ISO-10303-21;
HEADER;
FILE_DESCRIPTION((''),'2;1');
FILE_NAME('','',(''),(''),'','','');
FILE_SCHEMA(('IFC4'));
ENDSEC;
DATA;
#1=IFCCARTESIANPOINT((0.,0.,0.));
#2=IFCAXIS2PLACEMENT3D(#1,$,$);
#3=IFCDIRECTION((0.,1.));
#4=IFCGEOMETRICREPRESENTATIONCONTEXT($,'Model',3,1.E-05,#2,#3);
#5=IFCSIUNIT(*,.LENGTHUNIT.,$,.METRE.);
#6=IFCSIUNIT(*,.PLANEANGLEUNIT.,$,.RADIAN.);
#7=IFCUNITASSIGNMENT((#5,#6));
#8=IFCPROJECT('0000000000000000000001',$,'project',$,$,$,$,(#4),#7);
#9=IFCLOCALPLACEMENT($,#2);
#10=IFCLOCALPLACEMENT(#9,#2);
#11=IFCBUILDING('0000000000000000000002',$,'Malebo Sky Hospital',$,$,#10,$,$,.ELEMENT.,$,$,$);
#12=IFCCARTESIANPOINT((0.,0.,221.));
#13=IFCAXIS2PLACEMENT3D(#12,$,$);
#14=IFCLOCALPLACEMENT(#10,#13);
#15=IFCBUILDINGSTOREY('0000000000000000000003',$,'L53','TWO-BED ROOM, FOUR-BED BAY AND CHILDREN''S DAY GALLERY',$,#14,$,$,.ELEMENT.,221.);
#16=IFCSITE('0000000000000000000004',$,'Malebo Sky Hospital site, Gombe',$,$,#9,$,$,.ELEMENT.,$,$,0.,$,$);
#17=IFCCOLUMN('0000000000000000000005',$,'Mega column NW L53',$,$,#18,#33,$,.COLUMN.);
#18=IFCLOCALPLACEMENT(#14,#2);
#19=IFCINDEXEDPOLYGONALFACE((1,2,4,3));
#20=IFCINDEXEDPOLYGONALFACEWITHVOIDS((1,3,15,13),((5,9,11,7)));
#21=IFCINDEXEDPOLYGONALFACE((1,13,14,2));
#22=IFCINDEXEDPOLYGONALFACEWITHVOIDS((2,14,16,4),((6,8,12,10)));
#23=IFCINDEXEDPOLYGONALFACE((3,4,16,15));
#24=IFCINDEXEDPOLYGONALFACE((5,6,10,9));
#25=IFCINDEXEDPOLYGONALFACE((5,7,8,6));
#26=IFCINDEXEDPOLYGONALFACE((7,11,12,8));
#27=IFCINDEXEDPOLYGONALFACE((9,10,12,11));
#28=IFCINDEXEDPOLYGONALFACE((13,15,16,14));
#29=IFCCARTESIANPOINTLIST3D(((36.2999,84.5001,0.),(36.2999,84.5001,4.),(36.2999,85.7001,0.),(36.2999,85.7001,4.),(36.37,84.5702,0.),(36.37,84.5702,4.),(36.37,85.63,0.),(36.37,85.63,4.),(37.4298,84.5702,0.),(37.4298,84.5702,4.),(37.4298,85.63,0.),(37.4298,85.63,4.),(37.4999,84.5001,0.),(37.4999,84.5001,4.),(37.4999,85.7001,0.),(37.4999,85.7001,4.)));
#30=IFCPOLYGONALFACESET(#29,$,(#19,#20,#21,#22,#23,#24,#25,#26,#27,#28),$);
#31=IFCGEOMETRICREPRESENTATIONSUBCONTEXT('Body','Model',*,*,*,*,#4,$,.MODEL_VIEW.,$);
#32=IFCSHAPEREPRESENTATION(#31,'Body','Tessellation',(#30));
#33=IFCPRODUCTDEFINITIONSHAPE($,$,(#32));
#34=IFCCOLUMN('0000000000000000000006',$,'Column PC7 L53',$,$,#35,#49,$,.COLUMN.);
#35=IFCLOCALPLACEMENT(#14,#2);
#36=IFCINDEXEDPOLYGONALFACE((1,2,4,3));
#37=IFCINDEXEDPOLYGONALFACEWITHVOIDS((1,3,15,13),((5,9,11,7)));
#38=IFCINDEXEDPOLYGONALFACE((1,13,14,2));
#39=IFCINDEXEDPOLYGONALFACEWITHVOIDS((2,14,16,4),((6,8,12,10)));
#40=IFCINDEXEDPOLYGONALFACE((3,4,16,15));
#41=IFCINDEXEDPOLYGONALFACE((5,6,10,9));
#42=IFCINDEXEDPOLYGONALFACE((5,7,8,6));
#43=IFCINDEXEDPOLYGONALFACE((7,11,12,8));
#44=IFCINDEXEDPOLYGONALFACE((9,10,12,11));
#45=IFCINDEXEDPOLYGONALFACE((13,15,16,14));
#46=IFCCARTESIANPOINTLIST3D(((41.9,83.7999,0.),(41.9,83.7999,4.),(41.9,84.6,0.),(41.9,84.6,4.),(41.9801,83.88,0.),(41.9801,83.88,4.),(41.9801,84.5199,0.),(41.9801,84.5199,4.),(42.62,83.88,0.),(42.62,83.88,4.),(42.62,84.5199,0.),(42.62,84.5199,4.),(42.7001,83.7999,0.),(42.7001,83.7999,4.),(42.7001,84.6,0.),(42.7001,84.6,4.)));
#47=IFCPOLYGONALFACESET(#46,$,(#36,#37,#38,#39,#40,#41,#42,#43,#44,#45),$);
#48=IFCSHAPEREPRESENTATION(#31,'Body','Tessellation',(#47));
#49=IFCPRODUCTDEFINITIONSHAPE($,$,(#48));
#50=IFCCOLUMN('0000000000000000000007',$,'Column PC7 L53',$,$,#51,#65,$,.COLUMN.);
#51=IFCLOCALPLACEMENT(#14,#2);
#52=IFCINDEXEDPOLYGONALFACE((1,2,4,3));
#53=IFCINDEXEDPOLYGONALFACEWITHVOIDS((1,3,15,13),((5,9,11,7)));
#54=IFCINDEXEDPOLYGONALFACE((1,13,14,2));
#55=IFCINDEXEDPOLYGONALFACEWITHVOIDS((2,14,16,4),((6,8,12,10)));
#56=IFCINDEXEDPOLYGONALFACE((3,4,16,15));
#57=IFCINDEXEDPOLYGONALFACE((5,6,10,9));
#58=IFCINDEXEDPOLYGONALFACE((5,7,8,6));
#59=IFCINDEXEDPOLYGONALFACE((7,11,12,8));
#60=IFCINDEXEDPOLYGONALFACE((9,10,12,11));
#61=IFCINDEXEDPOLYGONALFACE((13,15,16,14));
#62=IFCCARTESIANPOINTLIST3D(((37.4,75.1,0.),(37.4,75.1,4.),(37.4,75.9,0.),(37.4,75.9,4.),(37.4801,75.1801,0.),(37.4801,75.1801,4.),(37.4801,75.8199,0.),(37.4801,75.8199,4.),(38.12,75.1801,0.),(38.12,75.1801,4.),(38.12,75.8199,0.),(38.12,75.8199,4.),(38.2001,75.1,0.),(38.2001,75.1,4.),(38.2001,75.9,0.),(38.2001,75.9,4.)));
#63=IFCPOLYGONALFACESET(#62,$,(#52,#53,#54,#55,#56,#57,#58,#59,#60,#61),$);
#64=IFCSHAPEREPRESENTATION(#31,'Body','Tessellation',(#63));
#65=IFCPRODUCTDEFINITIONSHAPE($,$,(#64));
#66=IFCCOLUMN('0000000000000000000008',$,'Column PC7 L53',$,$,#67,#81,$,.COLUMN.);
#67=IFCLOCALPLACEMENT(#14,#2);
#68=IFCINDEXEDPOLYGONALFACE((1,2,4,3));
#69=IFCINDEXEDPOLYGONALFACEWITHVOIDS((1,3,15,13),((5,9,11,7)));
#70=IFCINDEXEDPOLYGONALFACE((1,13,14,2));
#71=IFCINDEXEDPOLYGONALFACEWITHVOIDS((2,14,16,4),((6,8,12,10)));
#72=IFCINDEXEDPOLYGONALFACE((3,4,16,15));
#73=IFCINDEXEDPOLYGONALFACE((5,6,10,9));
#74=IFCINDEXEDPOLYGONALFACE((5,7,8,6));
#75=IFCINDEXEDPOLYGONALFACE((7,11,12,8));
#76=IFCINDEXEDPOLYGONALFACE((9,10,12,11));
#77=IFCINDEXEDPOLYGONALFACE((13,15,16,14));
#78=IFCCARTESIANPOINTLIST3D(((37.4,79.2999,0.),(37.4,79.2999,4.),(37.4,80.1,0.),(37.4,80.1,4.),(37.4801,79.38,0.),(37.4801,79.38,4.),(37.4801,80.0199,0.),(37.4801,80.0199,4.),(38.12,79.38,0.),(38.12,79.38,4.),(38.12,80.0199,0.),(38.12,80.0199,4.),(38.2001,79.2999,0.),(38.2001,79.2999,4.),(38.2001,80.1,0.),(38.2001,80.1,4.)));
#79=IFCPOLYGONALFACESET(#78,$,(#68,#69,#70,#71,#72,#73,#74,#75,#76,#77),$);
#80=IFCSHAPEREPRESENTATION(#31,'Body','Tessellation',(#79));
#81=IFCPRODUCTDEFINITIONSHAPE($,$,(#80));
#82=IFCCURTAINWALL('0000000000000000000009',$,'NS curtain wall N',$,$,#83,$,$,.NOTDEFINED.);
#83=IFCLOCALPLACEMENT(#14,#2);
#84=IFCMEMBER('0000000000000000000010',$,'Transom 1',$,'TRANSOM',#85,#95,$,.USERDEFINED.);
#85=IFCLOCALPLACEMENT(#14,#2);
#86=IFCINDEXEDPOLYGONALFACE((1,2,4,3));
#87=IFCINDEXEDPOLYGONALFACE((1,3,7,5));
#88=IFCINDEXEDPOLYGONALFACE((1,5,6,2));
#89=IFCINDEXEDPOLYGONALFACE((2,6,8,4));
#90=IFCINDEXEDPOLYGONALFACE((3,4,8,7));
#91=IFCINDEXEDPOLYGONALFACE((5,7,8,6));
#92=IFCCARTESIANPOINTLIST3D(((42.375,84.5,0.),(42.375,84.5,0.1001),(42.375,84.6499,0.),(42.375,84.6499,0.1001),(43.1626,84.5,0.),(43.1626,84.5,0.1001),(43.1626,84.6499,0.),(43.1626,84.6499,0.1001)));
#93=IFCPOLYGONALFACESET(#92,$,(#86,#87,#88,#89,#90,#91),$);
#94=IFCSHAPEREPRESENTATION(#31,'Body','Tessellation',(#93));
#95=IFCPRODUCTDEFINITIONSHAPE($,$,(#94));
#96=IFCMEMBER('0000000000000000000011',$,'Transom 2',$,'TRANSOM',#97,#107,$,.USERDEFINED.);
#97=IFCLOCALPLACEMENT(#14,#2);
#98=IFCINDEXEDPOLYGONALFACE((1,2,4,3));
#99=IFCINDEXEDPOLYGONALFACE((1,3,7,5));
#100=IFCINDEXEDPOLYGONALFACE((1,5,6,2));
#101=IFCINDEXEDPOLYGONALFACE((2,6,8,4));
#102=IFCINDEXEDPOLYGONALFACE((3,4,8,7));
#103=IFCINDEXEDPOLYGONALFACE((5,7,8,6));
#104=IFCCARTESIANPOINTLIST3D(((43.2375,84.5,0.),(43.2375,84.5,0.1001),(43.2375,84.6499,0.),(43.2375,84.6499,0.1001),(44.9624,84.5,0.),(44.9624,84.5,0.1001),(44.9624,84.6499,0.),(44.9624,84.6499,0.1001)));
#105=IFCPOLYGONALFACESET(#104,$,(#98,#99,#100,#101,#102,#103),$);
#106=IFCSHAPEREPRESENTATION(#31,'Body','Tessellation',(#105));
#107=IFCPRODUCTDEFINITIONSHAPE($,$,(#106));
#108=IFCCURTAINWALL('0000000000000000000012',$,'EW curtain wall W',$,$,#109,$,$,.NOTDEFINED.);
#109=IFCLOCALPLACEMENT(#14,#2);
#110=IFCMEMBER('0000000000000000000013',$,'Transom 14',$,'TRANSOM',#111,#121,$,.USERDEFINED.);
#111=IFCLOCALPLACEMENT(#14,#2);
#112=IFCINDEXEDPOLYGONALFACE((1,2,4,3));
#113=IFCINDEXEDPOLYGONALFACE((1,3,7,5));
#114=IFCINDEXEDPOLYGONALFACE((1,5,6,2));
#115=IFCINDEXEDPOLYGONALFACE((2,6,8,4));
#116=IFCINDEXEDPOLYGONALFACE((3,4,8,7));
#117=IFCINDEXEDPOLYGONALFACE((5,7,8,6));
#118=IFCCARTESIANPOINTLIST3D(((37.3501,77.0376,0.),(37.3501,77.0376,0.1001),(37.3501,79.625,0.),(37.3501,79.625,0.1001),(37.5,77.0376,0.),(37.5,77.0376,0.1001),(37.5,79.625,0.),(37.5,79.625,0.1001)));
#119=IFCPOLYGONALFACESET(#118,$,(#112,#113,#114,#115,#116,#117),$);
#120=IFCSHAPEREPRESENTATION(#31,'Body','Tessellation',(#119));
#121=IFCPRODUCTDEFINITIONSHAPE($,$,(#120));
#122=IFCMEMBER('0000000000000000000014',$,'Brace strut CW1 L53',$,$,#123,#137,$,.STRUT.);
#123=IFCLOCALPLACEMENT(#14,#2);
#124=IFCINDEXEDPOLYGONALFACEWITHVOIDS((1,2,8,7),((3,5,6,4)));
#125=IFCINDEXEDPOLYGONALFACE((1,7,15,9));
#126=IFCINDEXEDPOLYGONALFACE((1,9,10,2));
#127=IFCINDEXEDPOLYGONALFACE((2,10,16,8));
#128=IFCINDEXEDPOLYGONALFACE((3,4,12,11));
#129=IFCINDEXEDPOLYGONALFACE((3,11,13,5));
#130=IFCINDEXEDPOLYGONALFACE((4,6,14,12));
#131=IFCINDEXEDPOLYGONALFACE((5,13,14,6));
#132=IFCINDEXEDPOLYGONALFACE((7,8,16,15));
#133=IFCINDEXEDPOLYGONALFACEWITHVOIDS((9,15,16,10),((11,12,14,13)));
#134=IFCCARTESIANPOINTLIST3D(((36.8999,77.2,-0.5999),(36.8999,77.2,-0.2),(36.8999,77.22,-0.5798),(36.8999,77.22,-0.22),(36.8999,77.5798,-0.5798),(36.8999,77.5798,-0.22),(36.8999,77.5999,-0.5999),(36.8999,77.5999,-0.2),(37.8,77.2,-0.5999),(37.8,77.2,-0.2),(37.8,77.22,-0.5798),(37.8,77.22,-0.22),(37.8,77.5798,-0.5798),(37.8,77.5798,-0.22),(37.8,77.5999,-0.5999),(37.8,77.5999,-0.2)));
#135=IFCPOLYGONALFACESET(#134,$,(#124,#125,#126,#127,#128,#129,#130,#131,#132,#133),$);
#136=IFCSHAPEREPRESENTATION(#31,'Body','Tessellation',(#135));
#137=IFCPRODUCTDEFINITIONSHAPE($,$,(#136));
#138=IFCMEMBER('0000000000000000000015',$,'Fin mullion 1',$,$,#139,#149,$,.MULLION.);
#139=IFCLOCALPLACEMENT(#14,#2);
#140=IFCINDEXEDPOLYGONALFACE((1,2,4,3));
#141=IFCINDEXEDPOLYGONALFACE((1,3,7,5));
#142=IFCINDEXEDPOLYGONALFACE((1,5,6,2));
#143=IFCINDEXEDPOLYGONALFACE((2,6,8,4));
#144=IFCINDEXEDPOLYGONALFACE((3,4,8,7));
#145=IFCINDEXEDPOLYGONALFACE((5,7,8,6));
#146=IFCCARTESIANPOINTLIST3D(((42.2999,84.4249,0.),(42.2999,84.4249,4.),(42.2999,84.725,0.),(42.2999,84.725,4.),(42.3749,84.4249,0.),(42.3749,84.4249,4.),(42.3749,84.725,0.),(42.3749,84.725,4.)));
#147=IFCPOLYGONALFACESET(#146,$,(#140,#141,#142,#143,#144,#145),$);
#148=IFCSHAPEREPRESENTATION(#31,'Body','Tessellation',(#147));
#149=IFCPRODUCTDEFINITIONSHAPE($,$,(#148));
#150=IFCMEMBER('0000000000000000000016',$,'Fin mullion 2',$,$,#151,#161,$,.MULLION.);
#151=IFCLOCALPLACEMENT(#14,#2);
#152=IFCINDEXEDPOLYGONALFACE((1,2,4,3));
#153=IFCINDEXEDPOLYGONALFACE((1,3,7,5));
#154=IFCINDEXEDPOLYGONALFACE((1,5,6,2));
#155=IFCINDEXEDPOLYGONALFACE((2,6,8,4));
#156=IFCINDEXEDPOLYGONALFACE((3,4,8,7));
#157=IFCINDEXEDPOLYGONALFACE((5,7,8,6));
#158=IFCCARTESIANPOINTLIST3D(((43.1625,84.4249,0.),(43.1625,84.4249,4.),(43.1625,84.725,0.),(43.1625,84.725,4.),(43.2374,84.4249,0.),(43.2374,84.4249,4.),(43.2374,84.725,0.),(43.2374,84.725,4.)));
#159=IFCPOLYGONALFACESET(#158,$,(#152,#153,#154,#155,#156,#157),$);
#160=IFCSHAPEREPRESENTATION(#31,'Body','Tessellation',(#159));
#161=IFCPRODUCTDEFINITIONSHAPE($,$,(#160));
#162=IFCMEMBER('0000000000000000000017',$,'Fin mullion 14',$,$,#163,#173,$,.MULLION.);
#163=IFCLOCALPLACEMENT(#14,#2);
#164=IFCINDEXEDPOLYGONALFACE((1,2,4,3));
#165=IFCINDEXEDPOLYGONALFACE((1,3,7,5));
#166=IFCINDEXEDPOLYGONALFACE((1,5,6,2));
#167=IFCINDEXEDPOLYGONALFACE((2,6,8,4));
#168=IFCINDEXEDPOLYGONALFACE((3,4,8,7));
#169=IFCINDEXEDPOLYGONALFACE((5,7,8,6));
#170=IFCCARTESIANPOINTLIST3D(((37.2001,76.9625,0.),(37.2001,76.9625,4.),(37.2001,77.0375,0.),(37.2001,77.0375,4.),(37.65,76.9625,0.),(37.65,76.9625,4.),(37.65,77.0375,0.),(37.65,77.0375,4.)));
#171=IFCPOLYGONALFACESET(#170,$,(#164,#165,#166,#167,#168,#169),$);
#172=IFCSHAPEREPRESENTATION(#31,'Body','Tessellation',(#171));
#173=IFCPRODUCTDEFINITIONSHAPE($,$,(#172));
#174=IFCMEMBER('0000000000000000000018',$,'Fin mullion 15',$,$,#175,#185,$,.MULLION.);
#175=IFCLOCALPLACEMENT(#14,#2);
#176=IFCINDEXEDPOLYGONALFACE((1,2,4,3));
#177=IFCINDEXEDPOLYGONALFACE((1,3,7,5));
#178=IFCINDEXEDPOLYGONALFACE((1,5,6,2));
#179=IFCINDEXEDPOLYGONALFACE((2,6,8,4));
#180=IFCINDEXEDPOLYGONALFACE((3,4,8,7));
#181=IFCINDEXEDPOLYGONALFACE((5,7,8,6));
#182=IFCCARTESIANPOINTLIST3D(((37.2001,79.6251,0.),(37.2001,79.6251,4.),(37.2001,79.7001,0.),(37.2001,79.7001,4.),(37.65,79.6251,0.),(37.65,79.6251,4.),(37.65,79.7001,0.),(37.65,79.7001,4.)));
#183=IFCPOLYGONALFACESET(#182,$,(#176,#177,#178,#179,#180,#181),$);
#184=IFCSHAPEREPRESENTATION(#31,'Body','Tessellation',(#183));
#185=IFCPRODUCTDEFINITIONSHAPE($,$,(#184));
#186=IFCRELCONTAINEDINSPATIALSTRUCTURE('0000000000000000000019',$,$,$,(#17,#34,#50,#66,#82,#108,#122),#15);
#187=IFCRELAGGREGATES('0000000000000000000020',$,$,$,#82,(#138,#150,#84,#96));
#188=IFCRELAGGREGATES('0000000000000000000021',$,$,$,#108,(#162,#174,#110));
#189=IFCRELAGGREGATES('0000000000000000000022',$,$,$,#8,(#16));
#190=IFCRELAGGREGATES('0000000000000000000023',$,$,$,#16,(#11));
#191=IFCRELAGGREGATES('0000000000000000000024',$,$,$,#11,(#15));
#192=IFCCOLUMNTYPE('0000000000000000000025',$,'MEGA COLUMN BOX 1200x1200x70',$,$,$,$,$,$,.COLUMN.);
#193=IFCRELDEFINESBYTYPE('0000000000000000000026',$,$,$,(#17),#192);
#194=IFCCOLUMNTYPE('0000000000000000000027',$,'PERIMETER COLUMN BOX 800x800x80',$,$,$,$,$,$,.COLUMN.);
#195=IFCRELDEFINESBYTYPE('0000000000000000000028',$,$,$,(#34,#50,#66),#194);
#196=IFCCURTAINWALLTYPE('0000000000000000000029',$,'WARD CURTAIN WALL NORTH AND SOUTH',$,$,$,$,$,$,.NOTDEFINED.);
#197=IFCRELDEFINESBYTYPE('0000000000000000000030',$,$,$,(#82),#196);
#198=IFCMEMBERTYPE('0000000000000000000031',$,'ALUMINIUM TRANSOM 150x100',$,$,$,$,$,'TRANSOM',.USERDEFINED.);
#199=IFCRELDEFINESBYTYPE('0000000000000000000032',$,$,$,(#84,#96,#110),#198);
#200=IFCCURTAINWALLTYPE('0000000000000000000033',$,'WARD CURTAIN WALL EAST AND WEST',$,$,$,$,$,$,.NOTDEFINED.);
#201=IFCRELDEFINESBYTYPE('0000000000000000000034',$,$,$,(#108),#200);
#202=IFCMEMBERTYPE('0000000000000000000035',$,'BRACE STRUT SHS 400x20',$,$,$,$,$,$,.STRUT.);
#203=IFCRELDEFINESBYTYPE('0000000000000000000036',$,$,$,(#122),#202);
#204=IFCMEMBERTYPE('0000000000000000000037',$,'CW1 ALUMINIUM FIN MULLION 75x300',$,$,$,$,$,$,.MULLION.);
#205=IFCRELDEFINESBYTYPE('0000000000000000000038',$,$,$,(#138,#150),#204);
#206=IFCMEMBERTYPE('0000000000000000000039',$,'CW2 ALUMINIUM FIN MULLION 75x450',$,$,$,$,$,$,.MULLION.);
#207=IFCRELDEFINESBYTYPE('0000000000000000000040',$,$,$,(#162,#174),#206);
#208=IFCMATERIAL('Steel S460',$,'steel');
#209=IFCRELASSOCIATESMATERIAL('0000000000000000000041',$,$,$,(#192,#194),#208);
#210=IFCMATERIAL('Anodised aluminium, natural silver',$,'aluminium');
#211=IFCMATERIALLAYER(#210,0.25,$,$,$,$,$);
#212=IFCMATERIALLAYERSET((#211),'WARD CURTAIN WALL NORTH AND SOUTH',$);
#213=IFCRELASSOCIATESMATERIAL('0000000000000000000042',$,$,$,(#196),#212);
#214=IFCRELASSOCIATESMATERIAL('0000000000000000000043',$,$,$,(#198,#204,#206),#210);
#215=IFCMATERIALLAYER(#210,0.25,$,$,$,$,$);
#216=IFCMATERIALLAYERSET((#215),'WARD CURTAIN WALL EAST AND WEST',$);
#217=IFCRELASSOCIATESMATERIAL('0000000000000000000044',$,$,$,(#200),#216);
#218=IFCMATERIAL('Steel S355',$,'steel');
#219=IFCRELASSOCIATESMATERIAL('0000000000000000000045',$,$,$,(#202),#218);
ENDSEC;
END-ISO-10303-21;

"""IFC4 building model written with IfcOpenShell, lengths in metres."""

from ifc_helpers import new_model, si_unit, direction, frame, origin, origin_2d, place, context, subcontext, project, spatial, rectangle, hollow_rectangle, extrude, material, layer, layer_set, material_profile, profile_set, type_object, element, aggregate, save


model = new_model("IFC4")

# Units and contexts
model_context = context("Model", 3, precision=1e-05, world=origin(), true_north=direction((0.0, 1.0)))
body_context = subcontext(model_context, "Body", "Model", "MODEL_VIEW")
ifc_project = project(units=[si_unit("LENGTHUNIT", "METRE"), si_unit("PLANEANGLEUNIT", "RADIAN")], contexts=[model_context])

# Site, building, storey
site_placement = place(None, origin())
site = spatial("IfcSite", under=ifc_project, at=site_placement, Name="Malebo Sky Hospital site, Gombe", CompositionType="ELEMENT", RefElevation=0.0)
building_placement = place(site_placement, origin())
building = spatial("IfcBuilding", under=site, at=building_placement, Name="Malebo Sky Hospital", CompositionType="ELEMENT")
storey_placement = place(building_placement, frame((0.0, 0.0, 221.0)))
storey = spatial("IfcBuildingStorey", under=building, at=storey_placement, Name="L53", Description="TWO-BED ROOM, FOUR-BED BAY AND CHILDREN'S DAY GALLERY", CompositionType="ELEMENT", Elevation=221.0)

# Columns
ifc_material_1 = material(Name="Steel S460", Category="steel")
ifc_material_profile_1 = material_profile(ifc_material_1, hollow_rectangle(XDim=1.2, YDim=1.2, WallThickness=0.0701, at=origin_2d()), Name="BOX 1200x1200x70")
ifc_profile_set_1 = profile_set([ifc_material_profile_1], Name="Steel S460")
column_type_1 = type_object("IfcColumnType", Name="MEGA COLUMN BOX 1200x1200x70", PredefinedType="COLUMN", material=ifc_profile_set_1)
column_placement = place(storey_placement, frame((36.8999, 85.1001, 0.0), z_axis=(0.0, 0.0, 1.0), x_axis=(1.0, 0.0, 0.0)))
element("IfcColumn", 1, at=column_placement, inside=storey, type_object=column_type_1, Name="Mega column NW L53", PredefinedType="COLUMN", context=body_context, shape_type="SweptSolid", body=[
    extrude(hollow_rectangle(XDim=1.2, YDim=1.2, WallThickness=0.0701, at=origin_2d()), origin(), (0.0, 0.0, 1.0), 4.0),
])
ifc_material_profile_2 = material_profile(ifc_material_1, hollow_rectangle(XDim=0.8, YDim=0.8, WallThickness=0.0801, at=origin_2d()), Name="BOX 800x800x80")
ifc_profile_set_2 = profile_set([ifc_material_profile_2], Name="Steel S460")
column_type_2 = type_object("IfcColumnType", Name="PERIMETER COLUMN BOX 800x800x80", PredefinedType="COLUMN", material=ifc_profile_set_2)
for number, where, z_axis, x_axis, name in (
    (2, (42.3, 84.2, 0.0), (0.0, 0.0, 1.0), (1.0, 0.0, 0.0), "Column PC7 L53"),
    (3, (37.8, 75.5, 0.0), (0.0, 0.0, 1.0), (1.0, 0.0, 0.0), "Column PC7 L53"),
    (4, (37.8, 79.7, 0.0), (0.0, 0.0, 1.0), (1.0, 0.0, 0.0), "Column PC7 L53"),
):
    element("IfcColumn", number, at=place(storey_placement, frame(where, z_axis=z_axis, x_axis=x_axis)), inside=storey, type_object=column_type_2, Name=name, PredefinedType="COLUMN", context=body_context, shape_type="SweptSolid", body=[
        extrude(hollow_rectangle(XDim=0.8, YDim=0.8, WallThickness=0.0801, at=origin_2d()), origin(), (0.0, 0.0, 1.0), 4.0),
    ])

# Curtain wall, members
ifc_material_2 = material(Name="Anodised aluminium, natural silver", Category="aluminium")
ifc_layer_1 = layer(ifc_material_2, 0.25)
ifc_layer_set_1 = layer_set([ifc_layer_1], Name="WARD CURTAIN WALL NORTH AND SOUTH")
curtain_wall_type_1 = type_object("IfcCurtainWallType", Name="WARD CURTAIN WALL NORTH AND SOUTH", PredefinedType="NOTDEFINED", material=ifc_layer_set_1)
curtain_wall_1_placement = place(storey_placement, origin())
curtain_wall_1 = element("IfcCurtainWall", 5, at=curtain_wall_1_placement, inside=storey, type_object=curtain_wall_type_1, Name="NS curtain wall N", PredefinedType="NOTDEFINED")
ifc_material_profile_3 = material_profile(ifc_material_2, rectangle(XDim=0.1499, YDim=0.1001, at=origin_2d()), Name="ALUMINIUM TRANSOM 150x100")
ifc_profile_set_3 = profile_set([ifc_material_profile_3], Name="Anodised aluminium, natural silver")
member_type_1 = type_object("IfcMemberType", Name="ALUMINIUM TRANSOM 150x100", ElementType="TRANSOM", PredefinedType="USERDEFINED", material=ifc_profile_set_3)
member_1_placement = place(storey_placement, frame((42.375, 84.575, 0.05), z_axis=(1.0, 0.0, 0.0), x_axis=(0.0, 1.0, 0.0)))
member_1 = element("IfcMember", 6, at=member_1_placement, type_object=member_type_1, Name="Transom 1", ObjectType="TRANSOM", PredefinedType="USERDEFINED", context=body_context, shape_type="SweptSolid", body=[
    extrude(rectangle(XDim=0.1499, YDim=0.1001, at=origin_2d()), origin(), (0.0, 0.0, 1.0), 0.7876),
])
member_2_placement = place(storey_placement, frame((43.2375, 84.575, 0.05), z_axis=(1.0, 0.0, 0.0), x_axis=(0.0, 1.0, 0.0)))
member_2 = element("IfcMember", 7, at=member_2_placement, type_object=member_type_1, Name="Transom 2", ObjectType="TRANSOM", PredefinedType="USERDEFINED", context=body_context, shape_type="SweptSolid", body=[
    extrude(rectangle(XDim=0.1499, YDim=0.1001, at=origin_2d()), origin(), (0.0, 0.0, 1.0), 1.7249),
])

# Curtain wall, member
ifc_layer_2 = layer(ifc_material_2, 0.25)
ifc_layer_set_2 = layer_set([ifc_layer_2], Name="WARD CURTAIN WALL EAST AND WEST")
curtain_wall_type_2 = type_object("IfcCurtainWallType", Name="WARD CURTAIN WALL EAST AND WEST", PredefinedType="NOTDEFINED", material=ifc_layer_set_2)
curtain_wall_2_placement = place(storey_placement, origin())
curtain_wall_2 = element("IfcCurtainWall", 8, at=curtain_wall_2_placement, inside=storey, type_object=curtain_wall_type_2, Name="EW curtain wall W", PredefinedType="NOTDEFINED")
member_3_placement = place(storey_placement, frame((37.425, 77.0376, 0.05), z_axis=(0.0, 1.0, 0.0), x_axis=(-1.0, 0.0, 0.0)))
member_3 = element("IfcMember", 9, at=member_3_placement, type_object=member_type_1, Name="Transom 14", ObjectType="TRANSOM", PredefinedType="USERDEFINED", context=body_context, shape_type="SweptSolid", body=[
    extrude(rectangle(XDim=0.1499, YDim=0.1001, at=origin_2d()), origin(), (0.0, 0.0, 1.0), 2.5874),
])

# Members
ifc_material_3 = material(Name="Steel S355", Category="steel")
ifc_material_profile_4 = material_profile(ifc_material_3, hollow_rectangle(XDim=0.3999, YDim=0.3999, WallThickness=0.02, at=origin_2d()), Name="SHS 400x20")
ifc_profile_set_4 = profile_set([ifc_material_profile_4], Name="Steel S355")
member_type_2 = type_object("IfcMemberType", Name="BRACE STRUT SHS 400x20", PredefinedType="STRUT", material=ifc_profile_set_4)
member_4_placement = place(storey_placement, frame((36.8999, 77.3999, -0.3999), z_axis=(1.0, 0.0, 0.0), x_axis=(0.0, 1.0, 0.0)))
element("IfcMember", 10, at=member_4_placement, inside=storey, type_object=member_type_2, Name="Brace strut CW1 L53", PredefinedType="STRUT", context=body_context, shape_type="SweptSolid", body=[
    extrude(hollow_rectangle(XDim=0.3999, YDim=0.3999, WallThickness=0.02, at=origin_2d()), origin(), (0.0, 0.0, 1.0), 0.9001),
])
ifc_material_profile_5 = material_profile(ifc_material_2, rectangle(XDim=0.075, YDim=0.3, at=origin_2d()), Name="CW1 ALUMINIUM FIN MULLION 75x300")
ifc_profile_set_5 = profile_set([ifc_material_profile_5], Name="Anodised aluminium, natural silver")
member_type_3 = type_object("IfcMemberType", Name="CW1 ALUMINIUM FIN MULLION 75x300", PredefinedType="MULLION", material=ifc_profile_set_5)
member_5_placement = place(storey_placement, frame((42.3374, 84.575, 0.0), z_axis=(0.0, 0.0, 1.0), x_axis=(1.0, 0.0, 0.0)))
member_5 = element("IfcMember", 11, at=member_5_placement, type_object=member_type_3, Name="Fin mullion 1", PredefinedType="MULLION", context=body_context, shape_type="SweptSolid", body=[
    extrude(rectangle(XDim=0.075, YDim=0.3, at=origin_2d()), origin(), (0.0, 0.0, 1.0), 4.0),
])
member_6_placement = place(storey_placement, frame((43.2, 84.575, 0.0), z_axis=(0.0, 0.0, 1.0), x_axis=(1.0, 0.0, 0.0)))
member_6 = element("IfcMember", 12, at=member_6_placement, type_object=member_type_3, Name="Fin mullion 2", PredefinedType="MULLION", context=body_context, shape_type="SweptSolid", body=[
    extrude(rectangle(XDim=0.075, YDim=0.3, at=origin_2d()), origin(), (0.0, 0.0, 1.0), 4.0),
])
ifc_material_profile_6 = material_profile(ifc_material_2, rectangle(XDim=0.075, YDim=0.45, at=origin_2d()), Name="CW2 ALUMINIUM FIN MULLION 75x450")
ifc_profile_set_6 = profile_set([ifc_material_profile_6], Name="Anodised aluminium, natural silver")
member_type_4 = type_object("IfcMemberType", Name="CW2 ALUMINIUM FIN MULLION 75x450", PredefinedType="MULLION", material=ifc_profile_set_6)
member_7_placement = place(storey_placement, frame((37.425, 77.0, 0.0), z_axis=(0.0, 0.0, 1.0), x_axis=(0.0, 1.0, 0.0)))
member_7 = element("IfcMember", 13, at=member_7_placement, type_object=member_type_4, Name="Fin mullion 14", PredefinedType="MULLION", context=body_context, shape_type="SweptSolid", body=[
    extrude(rectangle(XDim=0.075, YDim=0.45, at=origin_2d()), origin(), (0.0, 0.0, 1.0), 4.0),
])
member_8_placement = place(storey_placement, frame((37.425, 79.6626, 0.0), z_axis=(0.0, 0.0, 1.0), x_axis=(0.0, 1.0, 0.0)))
member_8 = element("IfcMember", 14, at=member_8_placement, type_object=member_type_4, Name="Fin mullion 15", PredefinedType="MULLION", context=body_context, shape_type="SweptSolid", body=[
    extrude(rectangle(XDim=0.075, YDim=0.45, at=origin_2d()), origin(), (0.0, 0.0, 1.0), 4.0),
])

aggregate(curtain_wall_1, [member_5, member_6, member_1, member_2])
aggregate(curtain_wall_2, [member_7, member_8, member_3])

save(model, "model.ifc")
